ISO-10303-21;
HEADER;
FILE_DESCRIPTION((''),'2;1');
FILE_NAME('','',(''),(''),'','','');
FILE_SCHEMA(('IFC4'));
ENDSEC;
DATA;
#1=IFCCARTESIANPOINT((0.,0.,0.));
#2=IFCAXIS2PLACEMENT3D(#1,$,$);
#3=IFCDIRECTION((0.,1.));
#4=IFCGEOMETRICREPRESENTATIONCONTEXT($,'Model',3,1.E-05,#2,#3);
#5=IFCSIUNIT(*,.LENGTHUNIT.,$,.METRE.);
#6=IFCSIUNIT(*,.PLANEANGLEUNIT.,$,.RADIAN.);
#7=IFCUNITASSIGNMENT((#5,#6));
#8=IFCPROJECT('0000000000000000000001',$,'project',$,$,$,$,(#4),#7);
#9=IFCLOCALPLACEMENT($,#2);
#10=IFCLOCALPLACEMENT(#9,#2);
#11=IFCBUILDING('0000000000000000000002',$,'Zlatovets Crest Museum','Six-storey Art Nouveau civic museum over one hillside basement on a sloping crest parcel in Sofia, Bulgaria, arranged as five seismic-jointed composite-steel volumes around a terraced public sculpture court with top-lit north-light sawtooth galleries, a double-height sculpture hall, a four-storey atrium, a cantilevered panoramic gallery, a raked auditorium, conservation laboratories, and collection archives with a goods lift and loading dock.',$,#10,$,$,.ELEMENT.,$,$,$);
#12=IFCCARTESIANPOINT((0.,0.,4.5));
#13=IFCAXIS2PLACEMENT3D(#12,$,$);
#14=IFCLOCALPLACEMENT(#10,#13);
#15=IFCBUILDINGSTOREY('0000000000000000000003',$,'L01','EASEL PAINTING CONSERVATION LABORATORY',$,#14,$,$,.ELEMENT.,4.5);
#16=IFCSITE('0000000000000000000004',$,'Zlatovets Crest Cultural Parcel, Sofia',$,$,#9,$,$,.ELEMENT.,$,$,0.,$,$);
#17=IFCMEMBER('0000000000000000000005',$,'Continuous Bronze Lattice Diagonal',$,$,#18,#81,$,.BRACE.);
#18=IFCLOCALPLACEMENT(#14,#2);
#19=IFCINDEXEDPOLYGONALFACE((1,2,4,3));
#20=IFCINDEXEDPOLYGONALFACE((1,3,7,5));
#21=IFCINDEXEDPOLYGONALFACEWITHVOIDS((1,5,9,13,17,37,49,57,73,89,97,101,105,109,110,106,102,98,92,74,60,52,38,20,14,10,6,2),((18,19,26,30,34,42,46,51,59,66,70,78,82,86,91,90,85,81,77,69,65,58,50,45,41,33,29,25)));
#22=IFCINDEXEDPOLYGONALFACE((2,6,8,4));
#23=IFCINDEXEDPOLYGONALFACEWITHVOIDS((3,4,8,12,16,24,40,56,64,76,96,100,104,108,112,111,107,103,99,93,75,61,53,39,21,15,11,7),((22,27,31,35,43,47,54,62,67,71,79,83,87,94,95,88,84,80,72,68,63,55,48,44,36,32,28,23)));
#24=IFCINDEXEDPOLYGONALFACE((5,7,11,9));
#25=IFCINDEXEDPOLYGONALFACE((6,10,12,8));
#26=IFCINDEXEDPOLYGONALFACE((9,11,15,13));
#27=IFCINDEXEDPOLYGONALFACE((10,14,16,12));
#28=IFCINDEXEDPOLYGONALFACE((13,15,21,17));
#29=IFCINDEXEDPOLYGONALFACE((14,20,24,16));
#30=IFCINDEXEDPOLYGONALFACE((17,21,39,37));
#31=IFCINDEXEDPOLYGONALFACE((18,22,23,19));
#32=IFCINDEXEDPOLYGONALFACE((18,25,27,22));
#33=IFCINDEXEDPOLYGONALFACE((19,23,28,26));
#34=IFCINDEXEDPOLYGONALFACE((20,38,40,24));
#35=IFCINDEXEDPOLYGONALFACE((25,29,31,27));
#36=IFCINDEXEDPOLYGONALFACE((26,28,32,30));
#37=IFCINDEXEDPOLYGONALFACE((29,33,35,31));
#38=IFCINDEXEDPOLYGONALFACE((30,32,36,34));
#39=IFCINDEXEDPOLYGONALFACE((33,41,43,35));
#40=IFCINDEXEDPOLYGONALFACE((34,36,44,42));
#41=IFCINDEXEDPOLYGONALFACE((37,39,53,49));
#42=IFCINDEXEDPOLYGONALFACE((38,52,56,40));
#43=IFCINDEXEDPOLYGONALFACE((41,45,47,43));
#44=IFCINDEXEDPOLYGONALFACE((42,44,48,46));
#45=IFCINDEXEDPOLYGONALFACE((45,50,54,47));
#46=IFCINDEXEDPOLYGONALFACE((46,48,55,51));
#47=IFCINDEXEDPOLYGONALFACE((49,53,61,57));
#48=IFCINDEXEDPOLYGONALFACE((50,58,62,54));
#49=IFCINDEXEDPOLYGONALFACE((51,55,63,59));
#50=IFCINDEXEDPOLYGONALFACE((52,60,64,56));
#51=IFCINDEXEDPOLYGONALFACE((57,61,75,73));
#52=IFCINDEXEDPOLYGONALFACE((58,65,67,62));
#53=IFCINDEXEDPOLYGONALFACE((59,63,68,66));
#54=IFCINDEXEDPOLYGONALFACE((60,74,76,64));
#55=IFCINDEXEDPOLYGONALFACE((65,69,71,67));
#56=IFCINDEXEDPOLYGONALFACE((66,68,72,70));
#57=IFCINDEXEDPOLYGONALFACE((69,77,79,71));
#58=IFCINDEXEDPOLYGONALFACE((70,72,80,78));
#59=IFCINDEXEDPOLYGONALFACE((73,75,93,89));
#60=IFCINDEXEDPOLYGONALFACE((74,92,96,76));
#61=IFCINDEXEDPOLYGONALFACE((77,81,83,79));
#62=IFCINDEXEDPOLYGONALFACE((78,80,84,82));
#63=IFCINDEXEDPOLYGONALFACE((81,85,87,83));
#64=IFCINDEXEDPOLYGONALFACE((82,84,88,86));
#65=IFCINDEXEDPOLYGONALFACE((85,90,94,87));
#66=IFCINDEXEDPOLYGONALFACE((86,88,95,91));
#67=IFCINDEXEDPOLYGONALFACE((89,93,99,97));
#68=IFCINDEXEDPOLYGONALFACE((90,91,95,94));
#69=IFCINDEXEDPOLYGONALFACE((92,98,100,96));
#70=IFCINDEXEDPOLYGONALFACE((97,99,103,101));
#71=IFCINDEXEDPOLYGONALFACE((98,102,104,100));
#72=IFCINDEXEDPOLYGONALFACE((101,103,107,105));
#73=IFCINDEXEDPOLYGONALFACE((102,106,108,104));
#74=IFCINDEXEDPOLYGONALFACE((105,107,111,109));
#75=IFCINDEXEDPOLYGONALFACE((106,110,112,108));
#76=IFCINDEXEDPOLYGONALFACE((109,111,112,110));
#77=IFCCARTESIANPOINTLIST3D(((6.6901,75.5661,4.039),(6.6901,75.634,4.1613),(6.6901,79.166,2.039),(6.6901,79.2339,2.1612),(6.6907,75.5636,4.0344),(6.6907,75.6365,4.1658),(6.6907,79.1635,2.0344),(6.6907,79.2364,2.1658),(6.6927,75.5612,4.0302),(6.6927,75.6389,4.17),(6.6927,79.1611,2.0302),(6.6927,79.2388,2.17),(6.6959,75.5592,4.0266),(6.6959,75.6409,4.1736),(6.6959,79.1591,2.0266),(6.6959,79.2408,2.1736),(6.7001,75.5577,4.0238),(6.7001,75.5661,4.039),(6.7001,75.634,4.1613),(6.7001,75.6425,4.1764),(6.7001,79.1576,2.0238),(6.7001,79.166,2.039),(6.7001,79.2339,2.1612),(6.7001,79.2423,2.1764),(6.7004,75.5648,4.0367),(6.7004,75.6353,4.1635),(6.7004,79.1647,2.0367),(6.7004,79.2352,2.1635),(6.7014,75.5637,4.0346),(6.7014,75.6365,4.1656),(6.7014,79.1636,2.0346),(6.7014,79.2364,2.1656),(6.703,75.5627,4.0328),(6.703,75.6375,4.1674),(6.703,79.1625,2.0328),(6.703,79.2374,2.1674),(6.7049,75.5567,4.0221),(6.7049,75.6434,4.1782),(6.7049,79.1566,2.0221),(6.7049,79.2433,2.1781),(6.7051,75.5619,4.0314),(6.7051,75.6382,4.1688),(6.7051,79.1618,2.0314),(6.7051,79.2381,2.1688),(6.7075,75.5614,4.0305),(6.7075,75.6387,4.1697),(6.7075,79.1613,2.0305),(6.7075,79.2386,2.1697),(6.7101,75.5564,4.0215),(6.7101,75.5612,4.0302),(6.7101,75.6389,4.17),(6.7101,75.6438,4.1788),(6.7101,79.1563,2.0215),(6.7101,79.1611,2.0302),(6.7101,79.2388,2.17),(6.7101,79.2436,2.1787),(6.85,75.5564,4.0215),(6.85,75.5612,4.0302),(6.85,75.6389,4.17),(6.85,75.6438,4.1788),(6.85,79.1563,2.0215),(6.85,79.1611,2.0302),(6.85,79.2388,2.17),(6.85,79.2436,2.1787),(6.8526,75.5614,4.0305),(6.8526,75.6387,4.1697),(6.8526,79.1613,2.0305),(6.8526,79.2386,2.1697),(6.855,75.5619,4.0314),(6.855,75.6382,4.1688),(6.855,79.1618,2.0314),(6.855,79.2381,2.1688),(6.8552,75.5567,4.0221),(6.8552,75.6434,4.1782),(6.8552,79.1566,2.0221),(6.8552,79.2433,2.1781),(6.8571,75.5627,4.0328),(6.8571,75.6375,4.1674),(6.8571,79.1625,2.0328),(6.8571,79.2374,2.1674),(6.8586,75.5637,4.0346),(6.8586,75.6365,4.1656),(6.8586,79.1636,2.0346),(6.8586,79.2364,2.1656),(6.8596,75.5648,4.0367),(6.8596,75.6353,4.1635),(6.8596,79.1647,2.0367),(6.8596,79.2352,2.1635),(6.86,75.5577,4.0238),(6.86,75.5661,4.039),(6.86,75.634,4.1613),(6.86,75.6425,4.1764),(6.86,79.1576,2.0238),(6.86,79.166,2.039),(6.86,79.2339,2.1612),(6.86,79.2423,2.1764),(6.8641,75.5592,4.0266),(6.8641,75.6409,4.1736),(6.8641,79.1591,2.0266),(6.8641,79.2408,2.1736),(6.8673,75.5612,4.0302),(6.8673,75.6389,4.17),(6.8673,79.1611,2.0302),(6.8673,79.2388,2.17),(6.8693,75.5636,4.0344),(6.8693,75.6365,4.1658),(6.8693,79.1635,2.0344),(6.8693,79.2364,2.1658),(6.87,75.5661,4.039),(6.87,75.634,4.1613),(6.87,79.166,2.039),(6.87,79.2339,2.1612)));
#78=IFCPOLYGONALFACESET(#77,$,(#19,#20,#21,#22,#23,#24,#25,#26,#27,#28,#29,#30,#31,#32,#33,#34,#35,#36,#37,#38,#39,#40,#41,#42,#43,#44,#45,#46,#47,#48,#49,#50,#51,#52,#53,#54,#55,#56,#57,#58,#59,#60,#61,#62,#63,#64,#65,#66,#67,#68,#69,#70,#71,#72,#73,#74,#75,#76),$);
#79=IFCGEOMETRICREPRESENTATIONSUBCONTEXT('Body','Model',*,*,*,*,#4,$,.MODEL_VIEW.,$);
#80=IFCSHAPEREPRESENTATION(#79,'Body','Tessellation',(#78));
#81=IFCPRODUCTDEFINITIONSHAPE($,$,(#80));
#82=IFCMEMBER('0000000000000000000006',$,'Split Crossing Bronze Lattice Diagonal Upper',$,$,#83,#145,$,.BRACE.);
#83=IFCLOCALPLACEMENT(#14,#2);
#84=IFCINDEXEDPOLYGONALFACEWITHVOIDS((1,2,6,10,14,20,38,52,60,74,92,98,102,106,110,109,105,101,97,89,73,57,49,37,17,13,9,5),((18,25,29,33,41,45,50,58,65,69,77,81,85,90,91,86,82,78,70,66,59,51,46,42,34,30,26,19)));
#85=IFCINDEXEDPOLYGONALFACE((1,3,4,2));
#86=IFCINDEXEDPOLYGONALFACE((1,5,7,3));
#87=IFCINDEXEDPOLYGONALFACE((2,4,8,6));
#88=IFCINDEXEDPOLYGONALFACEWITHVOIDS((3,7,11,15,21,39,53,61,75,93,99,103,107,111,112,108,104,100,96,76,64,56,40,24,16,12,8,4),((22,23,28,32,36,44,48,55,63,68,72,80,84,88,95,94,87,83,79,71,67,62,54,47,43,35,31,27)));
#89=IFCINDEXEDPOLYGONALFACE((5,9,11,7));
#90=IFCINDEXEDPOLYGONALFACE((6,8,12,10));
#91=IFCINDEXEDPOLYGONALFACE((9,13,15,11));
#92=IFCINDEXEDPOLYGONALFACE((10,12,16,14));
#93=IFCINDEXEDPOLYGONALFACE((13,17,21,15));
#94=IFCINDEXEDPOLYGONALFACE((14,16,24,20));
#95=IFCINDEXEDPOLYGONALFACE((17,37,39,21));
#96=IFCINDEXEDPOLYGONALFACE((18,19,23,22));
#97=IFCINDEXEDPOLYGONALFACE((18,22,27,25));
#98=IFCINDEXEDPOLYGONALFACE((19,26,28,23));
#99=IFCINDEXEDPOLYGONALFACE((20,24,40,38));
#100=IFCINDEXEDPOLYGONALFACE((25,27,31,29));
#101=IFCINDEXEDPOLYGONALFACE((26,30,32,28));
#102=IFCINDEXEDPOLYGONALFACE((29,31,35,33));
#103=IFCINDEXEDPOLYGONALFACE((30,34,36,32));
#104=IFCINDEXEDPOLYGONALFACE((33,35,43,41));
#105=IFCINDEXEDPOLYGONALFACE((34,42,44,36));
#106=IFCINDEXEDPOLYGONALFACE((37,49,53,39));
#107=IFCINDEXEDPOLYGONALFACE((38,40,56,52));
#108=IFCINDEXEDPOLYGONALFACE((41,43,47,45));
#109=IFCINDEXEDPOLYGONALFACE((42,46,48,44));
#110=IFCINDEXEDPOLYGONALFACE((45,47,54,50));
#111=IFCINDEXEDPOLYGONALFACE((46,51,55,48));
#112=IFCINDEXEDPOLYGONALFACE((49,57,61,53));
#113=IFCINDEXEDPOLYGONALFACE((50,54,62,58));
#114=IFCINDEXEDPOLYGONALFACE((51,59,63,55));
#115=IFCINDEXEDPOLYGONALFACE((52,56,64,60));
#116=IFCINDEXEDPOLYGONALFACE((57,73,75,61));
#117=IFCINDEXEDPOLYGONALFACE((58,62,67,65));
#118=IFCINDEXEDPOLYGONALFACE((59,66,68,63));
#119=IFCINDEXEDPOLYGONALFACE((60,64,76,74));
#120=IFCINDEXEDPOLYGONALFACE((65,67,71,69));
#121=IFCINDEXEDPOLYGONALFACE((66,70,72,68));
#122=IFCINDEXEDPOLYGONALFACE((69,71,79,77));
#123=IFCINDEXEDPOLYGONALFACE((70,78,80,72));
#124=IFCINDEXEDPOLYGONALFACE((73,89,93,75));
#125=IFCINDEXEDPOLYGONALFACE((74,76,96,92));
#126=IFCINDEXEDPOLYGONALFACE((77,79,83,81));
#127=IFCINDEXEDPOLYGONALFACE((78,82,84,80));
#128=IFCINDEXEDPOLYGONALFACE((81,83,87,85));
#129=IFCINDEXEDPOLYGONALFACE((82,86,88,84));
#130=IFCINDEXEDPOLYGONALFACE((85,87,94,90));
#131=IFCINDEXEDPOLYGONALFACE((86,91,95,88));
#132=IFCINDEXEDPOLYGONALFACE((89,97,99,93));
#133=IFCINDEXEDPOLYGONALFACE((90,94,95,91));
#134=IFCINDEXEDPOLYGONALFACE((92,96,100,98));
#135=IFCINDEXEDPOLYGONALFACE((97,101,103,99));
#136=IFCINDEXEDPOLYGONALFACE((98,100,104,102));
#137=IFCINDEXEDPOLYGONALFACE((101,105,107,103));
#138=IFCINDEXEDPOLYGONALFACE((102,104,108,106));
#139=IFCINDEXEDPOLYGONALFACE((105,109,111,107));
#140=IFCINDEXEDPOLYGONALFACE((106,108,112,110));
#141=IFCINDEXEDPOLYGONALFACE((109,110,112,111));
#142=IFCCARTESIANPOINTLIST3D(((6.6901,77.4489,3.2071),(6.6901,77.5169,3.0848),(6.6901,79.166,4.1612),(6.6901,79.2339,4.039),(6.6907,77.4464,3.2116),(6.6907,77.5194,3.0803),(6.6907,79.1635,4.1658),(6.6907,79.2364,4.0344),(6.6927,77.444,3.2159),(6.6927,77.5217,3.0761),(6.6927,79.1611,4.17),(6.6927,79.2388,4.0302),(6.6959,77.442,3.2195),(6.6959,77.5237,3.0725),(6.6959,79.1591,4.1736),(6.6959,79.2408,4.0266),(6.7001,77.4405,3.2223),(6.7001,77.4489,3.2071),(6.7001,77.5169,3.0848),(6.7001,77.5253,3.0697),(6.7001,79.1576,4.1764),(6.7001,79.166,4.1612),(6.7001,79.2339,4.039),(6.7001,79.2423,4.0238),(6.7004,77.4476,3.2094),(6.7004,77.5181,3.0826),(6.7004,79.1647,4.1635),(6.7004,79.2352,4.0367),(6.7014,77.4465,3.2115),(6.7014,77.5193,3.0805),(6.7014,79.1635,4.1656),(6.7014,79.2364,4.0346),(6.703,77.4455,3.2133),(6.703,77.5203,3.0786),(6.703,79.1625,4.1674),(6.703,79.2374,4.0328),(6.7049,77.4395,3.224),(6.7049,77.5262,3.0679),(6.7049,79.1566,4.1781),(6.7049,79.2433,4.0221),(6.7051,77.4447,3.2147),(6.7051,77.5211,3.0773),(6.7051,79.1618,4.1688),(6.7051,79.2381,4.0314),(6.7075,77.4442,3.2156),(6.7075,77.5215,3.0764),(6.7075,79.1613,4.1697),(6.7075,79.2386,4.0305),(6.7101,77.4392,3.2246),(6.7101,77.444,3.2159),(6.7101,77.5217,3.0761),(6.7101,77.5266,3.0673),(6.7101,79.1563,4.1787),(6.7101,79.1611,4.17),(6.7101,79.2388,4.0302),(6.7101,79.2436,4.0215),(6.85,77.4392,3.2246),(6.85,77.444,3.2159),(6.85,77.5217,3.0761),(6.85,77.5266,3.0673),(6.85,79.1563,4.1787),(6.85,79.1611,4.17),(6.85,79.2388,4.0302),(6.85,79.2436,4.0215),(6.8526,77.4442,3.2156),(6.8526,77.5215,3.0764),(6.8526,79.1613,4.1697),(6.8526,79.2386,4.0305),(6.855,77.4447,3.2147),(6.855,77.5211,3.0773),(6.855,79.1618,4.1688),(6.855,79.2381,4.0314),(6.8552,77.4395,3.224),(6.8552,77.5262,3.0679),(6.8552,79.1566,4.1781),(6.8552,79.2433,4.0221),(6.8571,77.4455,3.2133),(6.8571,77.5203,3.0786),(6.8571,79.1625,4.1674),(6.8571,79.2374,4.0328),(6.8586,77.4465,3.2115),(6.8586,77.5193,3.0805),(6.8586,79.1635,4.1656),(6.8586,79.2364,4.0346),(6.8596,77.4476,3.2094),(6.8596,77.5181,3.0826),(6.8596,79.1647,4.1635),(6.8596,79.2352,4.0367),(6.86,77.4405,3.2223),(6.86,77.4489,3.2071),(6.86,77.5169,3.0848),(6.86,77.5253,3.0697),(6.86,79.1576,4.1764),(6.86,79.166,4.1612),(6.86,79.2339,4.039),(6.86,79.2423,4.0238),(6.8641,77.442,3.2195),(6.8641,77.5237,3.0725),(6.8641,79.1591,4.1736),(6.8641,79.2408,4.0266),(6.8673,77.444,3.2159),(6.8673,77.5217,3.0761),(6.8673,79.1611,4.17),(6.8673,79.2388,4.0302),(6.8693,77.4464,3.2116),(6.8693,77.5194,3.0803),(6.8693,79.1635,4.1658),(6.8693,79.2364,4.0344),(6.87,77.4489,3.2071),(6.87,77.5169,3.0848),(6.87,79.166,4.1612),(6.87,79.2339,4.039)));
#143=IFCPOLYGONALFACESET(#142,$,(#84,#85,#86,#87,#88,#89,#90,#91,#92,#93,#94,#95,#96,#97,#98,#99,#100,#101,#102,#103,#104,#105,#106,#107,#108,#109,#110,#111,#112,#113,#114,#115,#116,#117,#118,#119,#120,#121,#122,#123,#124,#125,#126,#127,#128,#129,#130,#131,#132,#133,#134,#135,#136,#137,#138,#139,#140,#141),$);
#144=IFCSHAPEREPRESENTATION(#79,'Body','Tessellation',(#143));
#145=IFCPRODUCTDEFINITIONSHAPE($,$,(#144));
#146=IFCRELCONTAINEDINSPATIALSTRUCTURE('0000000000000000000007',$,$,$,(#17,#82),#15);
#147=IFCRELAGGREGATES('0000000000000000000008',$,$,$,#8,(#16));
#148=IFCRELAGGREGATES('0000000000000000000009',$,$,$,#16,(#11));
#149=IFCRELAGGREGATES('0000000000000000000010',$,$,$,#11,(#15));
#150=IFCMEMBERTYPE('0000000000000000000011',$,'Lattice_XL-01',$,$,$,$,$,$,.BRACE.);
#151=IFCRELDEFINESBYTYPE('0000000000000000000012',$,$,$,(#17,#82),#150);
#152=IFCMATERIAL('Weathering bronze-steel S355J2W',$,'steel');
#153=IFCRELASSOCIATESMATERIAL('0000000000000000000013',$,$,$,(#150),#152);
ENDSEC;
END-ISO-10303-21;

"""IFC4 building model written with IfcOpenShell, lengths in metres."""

from ifc_helpers import new_model, si_unit, direction, frame, origin, origin_2d, place, context, subcontext, project, spatial, hollow_rectangle, extrude, material, material_profile, profile_set, type_object, element, save


model = new_model("IFC4")

# Units and contexts
model_context = context("Model", 3, precision=1e-05, world=origin(), true_north=direction((0.0, 1.0)))
body_context = subcontext(model_context, "Body", "Model", "MODEL_VIEW")
ifc_project = project(units=[si_unit("LENGTHUNIT", "METRE"), si_unit("PLANEANGLEUNIT", "RADIAN")], contexts=[model_context])

# Site, building, storey
site_placement = place(None, origin())
site = spatial("IfcSite", under=ifc_project, at=site_placement, Name="Zlatovets Crest Cultural Parcel, Sofia", CompositionType="ELEMENT", RefElevation=0.0)
building_placement = place(site_placement, origin())
building = spatial("IfcBuilding", under=site, at=building_placement, Name="Zlatovets Crest Museum", Description="Six-storey Art Nouveau civic museum over one hillside basement on a sloping crest parcel in Sofia, Bulgaria, arranged as five seismic-jointed composite-steel volumes around a terraced public sculpture court with top-lit north-light sawtooth galleries, a double-height sculpture hall, a four-storey atrium, a cantilevered panoramic gallery, a raked auditorium, conservation laboratories, and collection archives with a goods lift and loading dock.", CompositionType="ELEMENT")
storey_placement = place(building_placement, frame((0.0, 0.0, 4.5)))
storey = spatial("IfcBuildingStorey", under=building, at=storey_placement, Name="L01", Description="EASEL PAINTING CONSERVATION LABORATORY", CompositionType="ELEMENT", Elevation=4.5)

# Members
ifc_material_1 = material(Name="Weathering bronze-steel S355J2W", Category="steel")
ifc_material_profile_1 = material_profile(ifc_material_1, hollow_rectangle(XDim=0.1799, YDim=0.1799, WallThickness=0.01, InnerFilletRadius=0.01, OuterFilletRadius=0.02, at=origin_2d()), Name="SHS 180x180x10.0")
ifc_profile_set_1 = profile_set([ifc_material_profile_1], Name="Weathering bronze-steel S355J2W")
member_type_1 = type_object("IfcMemberType", Name="Lattice_XL-01", PredefinedType="BRACE", material=ifc_profile_set_1)
member_1_placement = place(storey_placement, frame((6.78, 79.2, 2.1001), z_axis=(0.0, -0.874149, 0.485658), x_axis=(1.0, 0.0, 0.0)))
element("IfcMember", 1, at=member_1_placement, inside=storey, type_object=member_type_1, Name="Continuous Bronze Lattice Diagonal", PredefinedType="BRACE", context=body_context, shape_type="SweptSolid", body=[
    extrude(hollow_rectangle(XDim=0.1799, YDim=0.1799, WallThickness=0.01, InnerFilletRadius=0.01, OuterFilletRadius=0.02, at=origin_2d()), origin(), (0.0, 0.0, 1.0), 4.1182),
])
member_2_placement = place(storey_placement, frame((6.78, 79.2, 4.1001), z_axis=(0.0, -0.874116, -0.485717), x_axis=(1.0, 0.0, 0.0)))
element("IfcMember", 2, at=member_2_placement, inside=storey, type_object=member_type_1, Name="Split Crossing Bronze Lattice Diagonal Upper", PredefinedType="BRACE", context=body_context, shape_type="SweptSolid", body=[
    extrude(hollow_rectangle(XDim=0.1799, YDim=0.1799, WallThickness=0.01, InnerFilletRadius=0.01, OuterFilletRadius=0.02, at=origin_2d()), origin(), (0.0, 0.0, 1.0), 1.9644),
])

save(model, "model.ifc")
